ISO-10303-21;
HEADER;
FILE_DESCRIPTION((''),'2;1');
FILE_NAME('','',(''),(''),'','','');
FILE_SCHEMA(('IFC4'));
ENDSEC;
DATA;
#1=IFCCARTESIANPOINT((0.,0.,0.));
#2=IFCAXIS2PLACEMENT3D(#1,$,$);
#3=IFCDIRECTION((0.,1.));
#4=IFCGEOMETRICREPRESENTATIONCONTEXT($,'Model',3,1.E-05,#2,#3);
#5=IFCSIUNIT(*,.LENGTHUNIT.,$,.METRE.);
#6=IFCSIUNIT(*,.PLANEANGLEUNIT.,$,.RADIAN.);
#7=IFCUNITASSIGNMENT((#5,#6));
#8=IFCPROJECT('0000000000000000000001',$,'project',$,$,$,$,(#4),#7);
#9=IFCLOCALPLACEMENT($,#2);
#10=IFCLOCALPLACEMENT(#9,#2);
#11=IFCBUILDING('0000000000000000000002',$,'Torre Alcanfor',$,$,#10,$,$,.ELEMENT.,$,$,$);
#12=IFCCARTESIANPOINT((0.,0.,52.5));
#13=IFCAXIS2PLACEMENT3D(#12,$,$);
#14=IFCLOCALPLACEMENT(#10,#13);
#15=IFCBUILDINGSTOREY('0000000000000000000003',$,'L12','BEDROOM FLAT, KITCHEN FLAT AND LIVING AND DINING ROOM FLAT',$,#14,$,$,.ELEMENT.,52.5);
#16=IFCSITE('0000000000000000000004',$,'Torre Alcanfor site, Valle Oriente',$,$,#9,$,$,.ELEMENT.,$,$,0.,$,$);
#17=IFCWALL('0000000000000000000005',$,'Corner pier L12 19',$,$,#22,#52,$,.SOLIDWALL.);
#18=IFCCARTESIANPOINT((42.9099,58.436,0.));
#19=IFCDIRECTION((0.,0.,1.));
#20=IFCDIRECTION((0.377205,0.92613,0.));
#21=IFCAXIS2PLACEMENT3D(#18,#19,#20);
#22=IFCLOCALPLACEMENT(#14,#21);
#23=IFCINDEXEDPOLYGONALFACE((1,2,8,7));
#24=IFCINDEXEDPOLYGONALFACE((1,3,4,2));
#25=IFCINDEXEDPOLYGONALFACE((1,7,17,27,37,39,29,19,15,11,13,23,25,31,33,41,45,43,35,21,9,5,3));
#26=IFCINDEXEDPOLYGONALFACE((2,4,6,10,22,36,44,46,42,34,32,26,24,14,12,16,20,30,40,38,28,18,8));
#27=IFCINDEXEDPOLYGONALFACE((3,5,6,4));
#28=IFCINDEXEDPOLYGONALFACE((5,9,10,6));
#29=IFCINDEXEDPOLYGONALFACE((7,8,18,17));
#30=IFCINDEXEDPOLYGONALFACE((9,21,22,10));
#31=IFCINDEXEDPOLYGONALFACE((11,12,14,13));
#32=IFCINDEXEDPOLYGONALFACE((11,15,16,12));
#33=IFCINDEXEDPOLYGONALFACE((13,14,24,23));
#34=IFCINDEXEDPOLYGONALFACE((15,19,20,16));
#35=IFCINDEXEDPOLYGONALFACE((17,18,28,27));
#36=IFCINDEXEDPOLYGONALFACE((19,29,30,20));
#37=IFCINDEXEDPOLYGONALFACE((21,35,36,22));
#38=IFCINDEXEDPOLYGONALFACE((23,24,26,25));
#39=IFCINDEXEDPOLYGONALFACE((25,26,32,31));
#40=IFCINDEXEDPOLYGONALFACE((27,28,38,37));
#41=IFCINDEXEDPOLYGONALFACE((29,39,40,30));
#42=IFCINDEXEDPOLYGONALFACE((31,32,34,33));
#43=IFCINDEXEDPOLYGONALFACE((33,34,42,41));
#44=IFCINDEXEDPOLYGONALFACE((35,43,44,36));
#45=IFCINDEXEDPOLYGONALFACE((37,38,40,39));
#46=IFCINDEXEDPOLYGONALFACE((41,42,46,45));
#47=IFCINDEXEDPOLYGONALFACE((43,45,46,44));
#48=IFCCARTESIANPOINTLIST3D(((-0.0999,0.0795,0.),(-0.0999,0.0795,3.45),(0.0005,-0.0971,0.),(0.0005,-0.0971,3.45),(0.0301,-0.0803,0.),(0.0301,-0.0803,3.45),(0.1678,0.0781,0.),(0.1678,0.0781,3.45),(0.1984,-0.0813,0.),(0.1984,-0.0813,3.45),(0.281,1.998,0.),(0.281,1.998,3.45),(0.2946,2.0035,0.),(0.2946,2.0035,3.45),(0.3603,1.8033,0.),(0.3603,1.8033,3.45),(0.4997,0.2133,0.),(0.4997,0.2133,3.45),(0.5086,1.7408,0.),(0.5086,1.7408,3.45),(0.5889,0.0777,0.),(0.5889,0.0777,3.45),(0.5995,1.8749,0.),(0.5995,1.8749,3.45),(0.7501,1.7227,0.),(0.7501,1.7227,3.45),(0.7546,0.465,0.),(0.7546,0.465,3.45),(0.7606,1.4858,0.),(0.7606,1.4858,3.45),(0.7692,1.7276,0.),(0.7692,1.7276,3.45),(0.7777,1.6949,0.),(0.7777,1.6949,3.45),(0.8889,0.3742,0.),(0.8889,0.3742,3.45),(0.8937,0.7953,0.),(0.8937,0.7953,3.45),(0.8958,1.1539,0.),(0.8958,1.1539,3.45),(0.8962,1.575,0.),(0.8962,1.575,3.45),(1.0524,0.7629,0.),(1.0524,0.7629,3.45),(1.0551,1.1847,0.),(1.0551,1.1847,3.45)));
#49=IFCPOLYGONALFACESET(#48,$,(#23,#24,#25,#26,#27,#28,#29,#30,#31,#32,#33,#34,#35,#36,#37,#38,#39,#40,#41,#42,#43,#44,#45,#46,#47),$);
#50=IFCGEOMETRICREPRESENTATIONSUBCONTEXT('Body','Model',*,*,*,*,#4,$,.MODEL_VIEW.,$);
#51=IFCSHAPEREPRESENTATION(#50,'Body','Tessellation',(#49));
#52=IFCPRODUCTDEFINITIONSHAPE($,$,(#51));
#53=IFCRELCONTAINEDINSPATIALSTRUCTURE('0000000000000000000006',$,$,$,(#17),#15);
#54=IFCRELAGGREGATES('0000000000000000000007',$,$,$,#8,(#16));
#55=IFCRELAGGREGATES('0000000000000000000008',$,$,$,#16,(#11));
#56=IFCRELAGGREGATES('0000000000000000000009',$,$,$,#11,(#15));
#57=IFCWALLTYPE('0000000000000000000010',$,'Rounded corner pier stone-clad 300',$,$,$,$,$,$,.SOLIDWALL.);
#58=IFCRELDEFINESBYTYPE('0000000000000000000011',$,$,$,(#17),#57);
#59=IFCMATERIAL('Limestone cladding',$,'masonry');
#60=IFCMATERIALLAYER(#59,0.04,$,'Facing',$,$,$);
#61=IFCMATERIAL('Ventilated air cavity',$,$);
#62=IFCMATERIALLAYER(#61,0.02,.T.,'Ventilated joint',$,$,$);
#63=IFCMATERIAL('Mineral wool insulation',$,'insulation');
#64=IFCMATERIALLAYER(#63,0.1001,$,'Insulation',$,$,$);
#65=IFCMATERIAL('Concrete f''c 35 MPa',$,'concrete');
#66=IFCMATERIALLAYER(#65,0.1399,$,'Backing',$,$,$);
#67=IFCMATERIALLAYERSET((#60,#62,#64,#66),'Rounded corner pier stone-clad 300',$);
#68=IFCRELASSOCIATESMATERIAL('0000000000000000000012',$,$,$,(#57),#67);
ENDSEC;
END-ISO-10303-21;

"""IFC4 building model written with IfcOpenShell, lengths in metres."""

from ifc_helpers import new_model, si_unit, direction, frame, origin, place, context, subcontext, project, spatial, polyline, outline, extrude, material, layer, layer_set, type_object, element, save


model = new_model("IFC4")

# Units and contexts
model_context = context("Model", 3, precision=1e-05, world=origin(), true_north=direction((0.0, 1.0)))
body_context = subcontext(model_context, "Body", "Model", "MODEL_VIEW")
ifc_project = project(units=[si_unit("LENGTHUNIT", "METRE"), si_unit("PLANEANGLEUNIT", "RADIAN")], contexts=[model_context])

# Site, building, storey
site_placement = place(None, origin())
site = spatial("IfcSite", under=ifc_project, at=site_placement, Name="Torre Alcanfor site, Valle Oriente", CompositionType="ELEMENT", RefElevation=0.0)
building_placement = place(site_placement, origin())
building = spatial("IfcBuilding", under=site, at=building_placement, Name="Torre Alcanfor", CompositionType="ELEMENT")
storey_placement = place(building_placement, frame((0.0, 0.0, 52.5)))
storey = spatial("IfcBuildingStorey", under=building, at=storey_placement, Name="L12", Description="BEDROOM FLAT, KITCHEN FLAT AND LIVING AND DINING ROOM FLAT", CompositionType="ELEMENT", Elevation=52.5)

# Shared definitions
ifc_material_1 = material(Name="Limestone cladding", Category="masonry")
ifc_material_2 = material(Name="Ventilated air cavity")
ifc_material_3 = material(Name="Mineral wool insulation", Category="insulation")
ifc_material_4 = material(Name="Concrete f'c 35 MPa", Category="concrete")

# Wall
ifc_layer_1 = layer(ifc_material_1, 0.04, Name="Facing")
ifc_layer_2 = layer(ifc_material_2, 0.02, ventilated=True, Name="Ventilated joint")
ifc_layer_3 = layer(ifc_material_3, 0.1001, Name="Insulation")
ifc_layer_4 = layer(ifc_material_4, 0.1399, Name="Backing")
ifc_layer_set_1 = layer_set([ifc_layer_1, ifc_layer_2, ifc_layer_3, ifc_layer_4], Name="Rounded corner pier stone-clad 300")
wall_type_1 = type_object("IfcWallType", Name="Rounded corner pier stone-clad 300", PredefinedType="SOLIDWALL", material=ifc_layer_set_1)
wall_1_placement = place(storey_placement, frame((42.9099, 58.436, 0.0), z_axis=(0.0, 0.0, 1.0), x_axis=(0.377205, 0.92613, 0.0)))
element("IfcWall", 1, at=wall_1_placement, inside=storey, type_object=wall_type_1, Name="Corner pier L12 19", PredefinedType="SOLIDWALL", context=body_context, shape_type="SweptSolid", body=[
    extrude(outline(polyline([(0.7692, 1.7276), (0.7501, 1.7227), (0.5995, 1.8749), (0.2946, 2.0035), (0.281, 1.998), (0.3603, 1.8033), (0.5086, 1.7408), (0.7606, 1.4858), (0.8958, 1.1539), (0.8937, 0.7953), (0.7546, 0.465), (0.4997, 0.2133), (0.1678, 0.0781), (-0.0999, 0.0795), (0.0005, -0.0971), (0.0301, -0.0803), (0.1984, -0.0813), (0.5889, 0.0777), (0.8889, 0.3742), (1.0524, 0.7629), (1.0551, 1.1847), (0.8962, 1.575), (0.7777, 1.6949), (0.7692, 1.7276)])), origin(), (0.0, 0.0, 1.0), 3.45),
])

save(model, "model.ifc")
